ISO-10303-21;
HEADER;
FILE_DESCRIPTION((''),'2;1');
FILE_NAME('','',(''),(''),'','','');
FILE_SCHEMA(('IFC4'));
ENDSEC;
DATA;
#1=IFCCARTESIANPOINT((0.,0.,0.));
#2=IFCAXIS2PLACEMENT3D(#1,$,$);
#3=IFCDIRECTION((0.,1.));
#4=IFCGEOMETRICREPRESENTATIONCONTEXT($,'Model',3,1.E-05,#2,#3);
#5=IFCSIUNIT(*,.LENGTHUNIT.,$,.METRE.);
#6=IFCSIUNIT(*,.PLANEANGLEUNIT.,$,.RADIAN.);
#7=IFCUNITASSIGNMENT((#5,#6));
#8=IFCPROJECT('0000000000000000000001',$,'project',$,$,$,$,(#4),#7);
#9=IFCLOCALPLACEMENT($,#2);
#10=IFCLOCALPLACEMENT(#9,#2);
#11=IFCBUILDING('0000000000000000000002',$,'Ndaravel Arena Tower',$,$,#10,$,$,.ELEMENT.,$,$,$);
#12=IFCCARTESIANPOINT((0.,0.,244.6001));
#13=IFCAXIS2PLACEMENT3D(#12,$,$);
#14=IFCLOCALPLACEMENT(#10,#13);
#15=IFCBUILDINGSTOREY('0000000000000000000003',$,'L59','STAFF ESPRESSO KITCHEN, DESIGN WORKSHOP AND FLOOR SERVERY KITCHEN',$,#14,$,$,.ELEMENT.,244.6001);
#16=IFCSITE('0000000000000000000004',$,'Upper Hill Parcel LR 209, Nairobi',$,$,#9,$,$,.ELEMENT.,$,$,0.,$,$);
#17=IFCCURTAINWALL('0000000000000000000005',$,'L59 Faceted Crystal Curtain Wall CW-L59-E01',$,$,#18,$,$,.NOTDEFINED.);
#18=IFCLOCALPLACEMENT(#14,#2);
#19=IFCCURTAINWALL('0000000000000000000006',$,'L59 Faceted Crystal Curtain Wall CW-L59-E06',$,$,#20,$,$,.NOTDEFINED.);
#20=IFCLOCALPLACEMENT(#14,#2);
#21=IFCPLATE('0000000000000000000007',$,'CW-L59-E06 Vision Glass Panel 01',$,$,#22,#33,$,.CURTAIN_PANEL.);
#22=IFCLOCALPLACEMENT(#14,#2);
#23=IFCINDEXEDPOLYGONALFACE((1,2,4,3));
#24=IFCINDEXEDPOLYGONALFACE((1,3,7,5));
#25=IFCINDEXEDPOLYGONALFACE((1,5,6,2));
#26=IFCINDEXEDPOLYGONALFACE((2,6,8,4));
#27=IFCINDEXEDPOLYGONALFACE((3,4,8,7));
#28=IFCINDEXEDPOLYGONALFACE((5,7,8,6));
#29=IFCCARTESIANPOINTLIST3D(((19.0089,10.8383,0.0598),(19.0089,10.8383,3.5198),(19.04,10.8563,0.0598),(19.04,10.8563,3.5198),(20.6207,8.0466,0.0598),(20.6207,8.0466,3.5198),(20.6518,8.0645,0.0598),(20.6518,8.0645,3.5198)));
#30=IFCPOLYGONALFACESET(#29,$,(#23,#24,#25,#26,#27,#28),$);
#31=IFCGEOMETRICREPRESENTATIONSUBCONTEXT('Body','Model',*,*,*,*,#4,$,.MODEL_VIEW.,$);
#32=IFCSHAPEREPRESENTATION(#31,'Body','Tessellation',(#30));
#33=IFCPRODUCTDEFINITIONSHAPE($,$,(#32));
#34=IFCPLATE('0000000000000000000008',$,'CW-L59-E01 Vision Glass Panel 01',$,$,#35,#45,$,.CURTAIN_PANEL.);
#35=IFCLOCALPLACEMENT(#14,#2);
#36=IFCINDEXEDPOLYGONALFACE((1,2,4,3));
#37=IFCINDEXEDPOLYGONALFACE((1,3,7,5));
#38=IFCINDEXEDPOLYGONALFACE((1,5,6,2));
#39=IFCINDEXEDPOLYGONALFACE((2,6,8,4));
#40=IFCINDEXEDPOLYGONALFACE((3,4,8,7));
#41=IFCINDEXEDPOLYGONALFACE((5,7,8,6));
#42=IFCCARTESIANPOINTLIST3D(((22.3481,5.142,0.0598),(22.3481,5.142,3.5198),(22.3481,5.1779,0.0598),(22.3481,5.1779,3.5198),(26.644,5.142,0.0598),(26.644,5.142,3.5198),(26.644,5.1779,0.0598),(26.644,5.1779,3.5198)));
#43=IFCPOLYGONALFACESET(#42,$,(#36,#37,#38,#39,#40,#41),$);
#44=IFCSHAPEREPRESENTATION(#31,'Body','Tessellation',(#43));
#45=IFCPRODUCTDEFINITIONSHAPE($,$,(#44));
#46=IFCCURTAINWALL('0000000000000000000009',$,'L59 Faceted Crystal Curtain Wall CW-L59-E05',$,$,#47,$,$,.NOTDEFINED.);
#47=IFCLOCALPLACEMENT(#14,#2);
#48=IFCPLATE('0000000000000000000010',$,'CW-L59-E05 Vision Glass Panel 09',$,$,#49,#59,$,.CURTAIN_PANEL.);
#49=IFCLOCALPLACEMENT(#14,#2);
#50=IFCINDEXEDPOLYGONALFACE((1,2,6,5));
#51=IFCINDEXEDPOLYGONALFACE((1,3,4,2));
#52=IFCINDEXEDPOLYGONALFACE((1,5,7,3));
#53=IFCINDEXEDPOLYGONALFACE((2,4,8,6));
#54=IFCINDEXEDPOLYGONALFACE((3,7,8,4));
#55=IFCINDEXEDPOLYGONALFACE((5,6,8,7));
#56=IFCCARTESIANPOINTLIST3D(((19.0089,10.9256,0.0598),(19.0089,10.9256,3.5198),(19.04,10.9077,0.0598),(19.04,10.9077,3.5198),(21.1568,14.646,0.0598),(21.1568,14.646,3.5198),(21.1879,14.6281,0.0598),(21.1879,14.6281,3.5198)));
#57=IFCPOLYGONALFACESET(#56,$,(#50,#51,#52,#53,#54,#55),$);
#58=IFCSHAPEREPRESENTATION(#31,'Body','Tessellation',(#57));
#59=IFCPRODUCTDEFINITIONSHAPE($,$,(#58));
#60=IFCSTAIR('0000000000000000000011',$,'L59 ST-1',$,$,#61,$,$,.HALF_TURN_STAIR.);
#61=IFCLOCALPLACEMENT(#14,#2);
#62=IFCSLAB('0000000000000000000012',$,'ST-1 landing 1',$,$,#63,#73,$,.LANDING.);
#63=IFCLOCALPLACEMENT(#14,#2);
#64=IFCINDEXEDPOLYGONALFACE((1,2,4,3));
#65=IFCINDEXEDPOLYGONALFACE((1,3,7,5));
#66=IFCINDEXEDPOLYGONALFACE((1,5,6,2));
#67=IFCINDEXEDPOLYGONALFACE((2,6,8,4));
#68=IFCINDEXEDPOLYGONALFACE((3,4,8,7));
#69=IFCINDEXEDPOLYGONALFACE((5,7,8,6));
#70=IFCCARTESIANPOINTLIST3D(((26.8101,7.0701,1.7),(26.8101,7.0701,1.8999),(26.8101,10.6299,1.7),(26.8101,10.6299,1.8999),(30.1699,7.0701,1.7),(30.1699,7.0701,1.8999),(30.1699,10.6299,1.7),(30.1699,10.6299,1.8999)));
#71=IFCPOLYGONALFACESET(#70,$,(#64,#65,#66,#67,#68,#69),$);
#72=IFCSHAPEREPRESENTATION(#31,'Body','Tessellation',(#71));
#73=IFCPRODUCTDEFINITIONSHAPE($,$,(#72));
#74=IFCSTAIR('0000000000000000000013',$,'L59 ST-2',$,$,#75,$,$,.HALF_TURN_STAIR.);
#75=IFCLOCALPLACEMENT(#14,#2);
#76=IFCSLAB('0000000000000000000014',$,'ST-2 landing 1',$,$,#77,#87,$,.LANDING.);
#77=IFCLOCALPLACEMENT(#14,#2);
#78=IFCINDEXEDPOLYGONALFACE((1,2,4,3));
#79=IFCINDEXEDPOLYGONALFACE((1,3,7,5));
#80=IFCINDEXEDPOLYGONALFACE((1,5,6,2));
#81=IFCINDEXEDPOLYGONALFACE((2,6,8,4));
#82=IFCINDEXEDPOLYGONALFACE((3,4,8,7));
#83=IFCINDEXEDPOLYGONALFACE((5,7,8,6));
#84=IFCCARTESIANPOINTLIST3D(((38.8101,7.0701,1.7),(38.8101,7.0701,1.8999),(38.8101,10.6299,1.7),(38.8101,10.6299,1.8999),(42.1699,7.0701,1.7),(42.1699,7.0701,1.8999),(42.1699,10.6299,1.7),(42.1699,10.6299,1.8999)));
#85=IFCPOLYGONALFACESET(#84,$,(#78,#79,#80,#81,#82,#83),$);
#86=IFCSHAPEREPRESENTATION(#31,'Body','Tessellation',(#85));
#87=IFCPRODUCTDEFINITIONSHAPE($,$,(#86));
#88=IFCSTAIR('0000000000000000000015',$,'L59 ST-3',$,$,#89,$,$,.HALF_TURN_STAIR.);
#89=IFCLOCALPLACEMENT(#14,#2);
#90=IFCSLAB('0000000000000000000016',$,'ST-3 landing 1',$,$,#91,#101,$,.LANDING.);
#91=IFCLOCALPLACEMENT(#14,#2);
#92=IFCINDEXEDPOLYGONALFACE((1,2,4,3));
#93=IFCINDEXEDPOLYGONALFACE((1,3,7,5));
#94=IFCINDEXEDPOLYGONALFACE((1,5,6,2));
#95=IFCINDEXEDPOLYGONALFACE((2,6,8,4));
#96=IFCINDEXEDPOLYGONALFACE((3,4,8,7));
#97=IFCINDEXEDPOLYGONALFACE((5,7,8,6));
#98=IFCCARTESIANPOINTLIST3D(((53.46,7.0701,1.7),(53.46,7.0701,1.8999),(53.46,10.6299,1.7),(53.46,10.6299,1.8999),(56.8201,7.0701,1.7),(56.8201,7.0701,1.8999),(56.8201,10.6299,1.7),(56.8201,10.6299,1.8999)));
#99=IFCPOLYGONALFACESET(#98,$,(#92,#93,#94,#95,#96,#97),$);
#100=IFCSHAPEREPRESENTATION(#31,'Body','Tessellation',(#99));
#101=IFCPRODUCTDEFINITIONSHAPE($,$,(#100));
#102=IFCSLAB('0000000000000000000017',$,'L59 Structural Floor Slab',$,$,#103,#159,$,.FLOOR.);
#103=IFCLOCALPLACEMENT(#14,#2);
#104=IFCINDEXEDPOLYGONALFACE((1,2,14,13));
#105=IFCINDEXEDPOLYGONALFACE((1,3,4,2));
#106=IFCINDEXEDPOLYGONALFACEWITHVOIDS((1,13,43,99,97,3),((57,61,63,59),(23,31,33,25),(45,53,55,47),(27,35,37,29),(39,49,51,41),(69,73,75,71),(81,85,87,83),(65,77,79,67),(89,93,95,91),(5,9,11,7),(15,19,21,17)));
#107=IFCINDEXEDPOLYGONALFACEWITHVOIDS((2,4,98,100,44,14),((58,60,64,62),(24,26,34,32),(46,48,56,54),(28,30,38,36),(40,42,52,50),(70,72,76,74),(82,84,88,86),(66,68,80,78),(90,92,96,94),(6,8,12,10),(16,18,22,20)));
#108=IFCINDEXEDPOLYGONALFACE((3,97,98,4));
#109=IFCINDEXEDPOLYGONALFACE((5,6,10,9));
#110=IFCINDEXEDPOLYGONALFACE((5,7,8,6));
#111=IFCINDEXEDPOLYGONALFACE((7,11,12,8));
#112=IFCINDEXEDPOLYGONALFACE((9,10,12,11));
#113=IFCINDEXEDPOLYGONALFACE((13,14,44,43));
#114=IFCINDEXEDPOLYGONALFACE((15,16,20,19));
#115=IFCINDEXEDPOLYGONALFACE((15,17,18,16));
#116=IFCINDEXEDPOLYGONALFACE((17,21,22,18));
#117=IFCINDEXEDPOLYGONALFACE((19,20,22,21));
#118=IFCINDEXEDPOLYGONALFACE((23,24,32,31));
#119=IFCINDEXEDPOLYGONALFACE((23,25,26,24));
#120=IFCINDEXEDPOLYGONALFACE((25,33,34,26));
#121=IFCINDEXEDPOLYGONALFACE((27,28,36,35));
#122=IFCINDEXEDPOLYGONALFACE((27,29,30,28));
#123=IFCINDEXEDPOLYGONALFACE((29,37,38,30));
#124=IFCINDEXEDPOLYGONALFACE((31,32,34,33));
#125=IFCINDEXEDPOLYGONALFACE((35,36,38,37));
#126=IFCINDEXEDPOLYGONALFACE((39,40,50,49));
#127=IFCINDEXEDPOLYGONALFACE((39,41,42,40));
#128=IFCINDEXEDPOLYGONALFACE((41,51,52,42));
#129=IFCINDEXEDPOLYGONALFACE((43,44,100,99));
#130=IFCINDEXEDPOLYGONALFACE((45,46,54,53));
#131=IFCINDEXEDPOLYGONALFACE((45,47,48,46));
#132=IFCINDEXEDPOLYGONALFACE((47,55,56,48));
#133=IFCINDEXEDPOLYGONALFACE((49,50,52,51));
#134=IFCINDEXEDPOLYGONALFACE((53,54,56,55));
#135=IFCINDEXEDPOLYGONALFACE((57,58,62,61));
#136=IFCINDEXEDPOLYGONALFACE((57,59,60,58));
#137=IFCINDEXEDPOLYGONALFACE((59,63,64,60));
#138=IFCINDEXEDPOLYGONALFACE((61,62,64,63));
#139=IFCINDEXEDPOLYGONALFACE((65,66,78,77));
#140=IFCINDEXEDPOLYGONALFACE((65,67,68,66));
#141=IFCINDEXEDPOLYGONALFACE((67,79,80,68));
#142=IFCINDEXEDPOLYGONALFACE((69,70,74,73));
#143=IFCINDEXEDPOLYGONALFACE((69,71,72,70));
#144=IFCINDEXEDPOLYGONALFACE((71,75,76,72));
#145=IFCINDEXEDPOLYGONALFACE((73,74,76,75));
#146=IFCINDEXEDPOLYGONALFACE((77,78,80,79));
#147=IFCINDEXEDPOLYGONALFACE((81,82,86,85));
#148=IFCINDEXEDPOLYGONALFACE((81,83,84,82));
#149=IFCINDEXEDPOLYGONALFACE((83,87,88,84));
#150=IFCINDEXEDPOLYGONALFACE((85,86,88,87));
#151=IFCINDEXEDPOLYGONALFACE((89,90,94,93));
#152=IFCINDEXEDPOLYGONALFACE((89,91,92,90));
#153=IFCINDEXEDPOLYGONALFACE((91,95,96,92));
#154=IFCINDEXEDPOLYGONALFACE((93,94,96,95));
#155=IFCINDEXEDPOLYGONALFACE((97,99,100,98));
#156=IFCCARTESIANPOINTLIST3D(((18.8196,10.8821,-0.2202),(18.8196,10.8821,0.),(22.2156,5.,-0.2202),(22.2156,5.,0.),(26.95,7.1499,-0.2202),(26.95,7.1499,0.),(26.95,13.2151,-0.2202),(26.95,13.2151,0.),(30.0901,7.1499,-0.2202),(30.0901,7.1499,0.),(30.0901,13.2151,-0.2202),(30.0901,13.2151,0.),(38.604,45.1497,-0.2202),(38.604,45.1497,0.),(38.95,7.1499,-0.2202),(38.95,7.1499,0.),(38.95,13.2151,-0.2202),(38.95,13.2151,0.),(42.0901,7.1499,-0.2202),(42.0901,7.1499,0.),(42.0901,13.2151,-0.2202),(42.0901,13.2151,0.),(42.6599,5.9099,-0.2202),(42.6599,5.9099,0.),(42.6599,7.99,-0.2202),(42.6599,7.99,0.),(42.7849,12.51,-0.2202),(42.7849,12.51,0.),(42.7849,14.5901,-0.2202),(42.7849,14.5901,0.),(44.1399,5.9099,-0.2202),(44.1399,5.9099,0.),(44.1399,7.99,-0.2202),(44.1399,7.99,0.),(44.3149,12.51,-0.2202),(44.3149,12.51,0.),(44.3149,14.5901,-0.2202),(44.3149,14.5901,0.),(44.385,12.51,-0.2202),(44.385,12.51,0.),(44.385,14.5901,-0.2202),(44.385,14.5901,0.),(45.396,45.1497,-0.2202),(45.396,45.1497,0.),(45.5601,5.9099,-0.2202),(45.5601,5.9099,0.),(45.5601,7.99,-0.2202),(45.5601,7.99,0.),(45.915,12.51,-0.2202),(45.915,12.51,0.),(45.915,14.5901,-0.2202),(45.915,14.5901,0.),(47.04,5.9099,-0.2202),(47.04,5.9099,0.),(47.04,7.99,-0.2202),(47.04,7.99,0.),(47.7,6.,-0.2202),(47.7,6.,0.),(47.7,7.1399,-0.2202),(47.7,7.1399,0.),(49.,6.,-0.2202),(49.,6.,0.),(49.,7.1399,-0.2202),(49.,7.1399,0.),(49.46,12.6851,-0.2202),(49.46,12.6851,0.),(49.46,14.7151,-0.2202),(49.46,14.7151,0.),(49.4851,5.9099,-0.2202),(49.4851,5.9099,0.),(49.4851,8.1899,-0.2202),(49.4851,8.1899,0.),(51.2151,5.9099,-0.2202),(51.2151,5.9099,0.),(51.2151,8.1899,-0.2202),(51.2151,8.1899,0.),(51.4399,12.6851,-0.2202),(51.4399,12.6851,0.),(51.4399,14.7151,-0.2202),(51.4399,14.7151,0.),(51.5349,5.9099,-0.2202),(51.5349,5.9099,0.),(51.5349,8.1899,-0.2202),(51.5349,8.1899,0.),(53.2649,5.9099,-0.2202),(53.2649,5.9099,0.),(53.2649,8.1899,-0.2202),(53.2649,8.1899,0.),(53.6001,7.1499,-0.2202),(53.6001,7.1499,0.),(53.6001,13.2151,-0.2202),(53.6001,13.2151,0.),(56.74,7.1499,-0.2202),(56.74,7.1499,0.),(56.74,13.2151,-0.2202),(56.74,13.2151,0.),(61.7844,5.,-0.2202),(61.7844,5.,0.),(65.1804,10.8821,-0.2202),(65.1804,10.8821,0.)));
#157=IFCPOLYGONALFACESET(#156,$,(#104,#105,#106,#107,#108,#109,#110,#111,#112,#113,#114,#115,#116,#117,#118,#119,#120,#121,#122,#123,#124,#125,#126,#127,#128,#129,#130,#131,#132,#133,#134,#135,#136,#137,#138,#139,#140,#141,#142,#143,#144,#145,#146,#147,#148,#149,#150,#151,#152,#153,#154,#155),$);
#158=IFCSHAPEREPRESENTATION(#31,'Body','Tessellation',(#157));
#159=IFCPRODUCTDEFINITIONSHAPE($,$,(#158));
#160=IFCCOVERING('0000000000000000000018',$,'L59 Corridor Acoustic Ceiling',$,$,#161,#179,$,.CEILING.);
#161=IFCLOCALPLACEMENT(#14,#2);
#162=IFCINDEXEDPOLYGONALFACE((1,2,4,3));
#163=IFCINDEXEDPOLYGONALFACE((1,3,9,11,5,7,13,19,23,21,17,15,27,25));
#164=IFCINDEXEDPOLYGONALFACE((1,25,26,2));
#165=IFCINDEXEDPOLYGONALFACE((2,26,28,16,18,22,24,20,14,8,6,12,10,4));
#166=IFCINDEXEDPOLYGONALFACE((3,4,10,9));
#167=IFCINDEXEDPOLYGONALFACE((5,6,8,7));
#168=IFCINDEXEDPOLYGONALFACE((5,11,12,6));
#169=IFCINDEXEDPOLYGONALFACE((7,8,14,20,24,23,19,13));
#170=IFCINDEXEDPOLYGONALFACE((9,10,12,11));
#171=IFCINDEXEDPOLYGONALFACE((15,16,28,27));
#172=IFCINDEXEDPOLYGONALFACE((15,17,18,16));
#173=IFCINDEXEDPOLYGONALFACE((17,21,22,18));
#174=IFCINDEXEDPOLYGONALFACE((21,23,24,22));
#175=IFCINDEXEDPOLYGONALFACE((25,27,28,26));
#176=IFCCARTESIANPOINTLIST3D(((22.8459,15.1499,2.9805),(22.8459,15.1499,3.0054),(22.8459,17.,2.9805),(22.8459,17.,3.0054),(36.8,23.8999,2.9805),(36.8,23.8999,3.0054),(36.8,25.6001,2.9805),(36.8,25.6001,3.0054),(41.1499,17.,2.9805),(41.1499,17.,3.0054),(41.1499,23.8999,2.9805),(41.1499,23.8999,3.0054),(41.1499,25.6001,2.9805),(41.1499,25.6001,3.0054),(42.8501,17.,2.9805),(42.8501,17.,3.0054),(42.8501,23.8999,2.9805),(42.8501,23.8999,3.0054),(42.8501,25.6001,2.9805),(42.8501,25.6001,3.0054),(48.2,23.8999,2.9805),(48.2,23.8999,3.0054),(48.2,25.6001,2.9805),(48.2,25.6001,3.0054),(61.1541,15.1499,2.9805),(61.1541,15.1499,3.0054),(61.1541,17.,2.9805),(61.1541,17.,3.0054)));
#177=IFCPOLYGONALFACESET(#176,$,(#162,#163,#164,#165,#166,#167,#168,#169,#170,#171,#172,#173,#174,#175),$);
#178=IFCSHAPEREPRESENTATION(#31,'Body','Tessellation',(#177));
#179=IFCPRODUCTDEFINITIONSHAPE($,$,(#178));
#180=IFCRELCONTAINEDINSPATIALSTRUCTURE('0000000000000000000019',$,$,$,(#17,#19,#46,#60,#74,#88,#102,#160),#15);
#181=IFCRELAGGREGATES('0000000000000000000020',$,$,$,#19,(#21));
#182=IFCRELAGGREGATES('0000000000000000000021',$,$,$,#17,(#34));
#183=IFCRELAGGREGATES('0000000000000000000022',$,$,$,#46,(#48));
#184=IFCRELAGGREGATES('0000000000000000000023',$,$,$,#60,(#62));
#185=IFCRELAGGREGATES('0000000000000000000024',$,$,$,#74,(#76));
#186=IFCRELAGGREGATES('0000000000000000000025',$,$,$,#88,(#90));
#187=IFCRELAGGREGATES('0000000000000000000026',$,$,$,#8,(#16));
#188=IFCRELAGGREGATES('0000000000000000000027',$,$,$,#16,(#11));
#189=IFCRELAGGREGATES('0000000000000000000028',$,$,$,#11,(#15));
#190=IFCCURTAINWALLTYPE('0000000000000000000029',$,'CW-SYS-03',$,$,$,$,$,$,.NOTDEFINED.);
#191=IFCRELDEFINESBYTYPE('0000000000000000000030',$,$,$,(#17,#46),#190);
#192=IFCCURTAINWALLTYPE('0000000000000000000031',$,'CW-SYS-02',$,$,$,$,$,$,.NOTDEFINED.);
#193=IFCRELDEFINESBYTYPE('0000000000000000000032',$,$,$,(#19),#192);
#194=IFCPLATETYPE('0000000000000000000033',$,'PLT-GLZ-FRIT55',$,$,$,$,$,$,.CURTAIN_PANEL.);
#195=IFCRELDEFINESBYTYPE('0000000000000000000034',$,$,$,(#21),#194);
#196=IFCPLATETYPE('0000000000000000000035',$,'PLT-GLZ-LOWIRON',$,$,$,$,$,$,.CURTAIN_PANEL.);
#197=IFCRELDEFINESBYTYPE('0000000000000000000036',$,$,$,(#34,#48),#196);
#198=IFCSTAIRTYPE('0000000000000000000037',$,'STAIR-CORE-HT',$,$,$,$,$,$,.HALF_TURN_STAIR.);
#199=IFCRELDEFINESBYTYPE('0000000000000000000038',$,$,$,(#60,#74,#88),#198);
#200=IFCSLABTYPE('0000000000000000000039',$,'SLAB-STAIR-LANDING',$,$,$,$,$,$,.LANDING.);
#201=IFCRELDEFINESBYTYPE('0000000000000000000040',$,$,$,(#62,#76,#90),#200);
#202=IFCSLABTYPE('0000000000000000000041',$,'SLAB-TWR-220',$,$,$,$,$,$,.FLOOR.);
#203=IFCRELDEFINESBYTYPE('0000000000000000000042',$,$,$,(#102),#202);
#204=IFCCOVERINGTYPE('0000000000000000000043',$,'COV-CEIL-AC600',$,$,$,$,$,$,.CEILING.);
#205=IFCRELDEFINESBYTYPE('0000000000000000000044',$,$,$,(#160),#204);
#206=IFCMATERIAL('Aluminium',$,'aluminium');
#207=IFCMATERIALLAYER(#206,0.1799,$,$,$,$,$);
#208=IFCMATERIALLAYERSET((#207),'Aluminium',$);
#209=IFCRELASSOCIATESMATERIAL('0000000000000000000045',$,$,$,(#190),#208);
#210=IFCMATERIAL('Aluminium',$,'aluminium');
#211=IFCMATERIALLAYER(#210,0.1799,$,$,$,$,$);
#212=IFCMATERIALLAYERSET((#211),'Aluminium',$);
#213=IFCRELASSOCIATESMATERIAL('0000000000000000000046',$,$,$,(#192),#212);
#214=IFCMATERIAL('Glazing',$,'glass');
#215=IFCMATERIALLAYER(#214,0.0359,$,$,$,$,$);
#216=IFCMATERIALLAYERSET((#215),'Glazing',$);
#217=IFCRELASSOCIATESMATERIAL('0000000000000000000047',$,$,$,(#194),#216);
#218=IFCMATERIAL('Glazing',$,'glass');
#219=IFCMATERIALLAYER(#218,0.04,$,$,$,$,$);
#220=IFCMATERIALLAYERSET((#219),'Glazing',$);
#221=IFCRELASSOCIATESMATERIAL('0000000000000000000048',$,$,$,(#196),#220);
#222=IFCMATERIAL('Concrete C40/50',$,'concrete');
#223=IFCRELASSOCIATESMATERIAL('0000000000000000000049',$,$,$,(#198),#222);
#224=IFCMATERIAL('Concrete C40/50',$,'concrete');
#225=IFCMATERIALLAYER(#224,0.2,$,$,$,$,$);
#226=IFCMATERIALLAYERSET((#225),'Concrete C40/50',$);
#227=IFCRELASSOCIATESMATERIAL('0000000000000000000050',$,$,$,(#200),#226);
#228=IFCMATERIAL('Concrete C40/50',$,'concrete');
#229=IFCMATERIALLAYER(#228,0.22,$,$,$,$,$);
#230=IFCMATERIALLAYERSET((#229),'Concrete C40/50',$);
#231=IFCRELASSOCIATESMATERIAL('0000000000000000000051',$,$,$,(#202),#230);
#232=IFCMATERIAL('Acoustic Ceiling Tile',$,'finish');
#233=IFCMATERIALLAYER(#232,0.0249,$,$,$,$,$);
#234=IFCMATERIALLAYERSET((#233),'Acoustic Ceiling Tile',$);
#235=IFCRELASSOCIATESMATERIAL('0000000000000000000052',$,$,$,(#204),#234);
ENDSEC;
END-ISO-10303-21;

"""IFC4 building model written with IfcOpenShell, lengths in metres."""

from ifc_helpers import new_model, si_unit, direction, frame, origin, origin_2d, place, context, subcontext, project, spatial, polyline, rectangle, outline, extrude, material, layer, layer_set, type_object, element, aggregate, save


model = new_model("IFC4")

# Units and contexts
model_context = context("Model", 3, precision=1e-05, world=origin(), true_north=direction((0.0, 1.0)))
body_context = subcontext(model_context, "Body", "Model", "MODEL_VIEW")
ifc_project = project(units=[si_unit("LENGTHUNIT", "METRE"), si_unit("PLANEANGLEUNIT", "RADIAN")], contexts=[model_context])

# Site, building, storey
site_placement = place(None, origin())
site = spatial("IfcSite", under=ifc_project, at=site_placement, Name="Upper Hill Parcel LR 209, Nairobi", CompositionType="ELEMENT", RefElevation=0.0)
building_placement = place(site_placement, origin())
building = spatial("IfcBuilding", under=site, at=building_placement, Name="Ndaravel Arena Tower", CompositionType="ELEMENT")
storey_placement = place(building_placement, frame((0.0, 0.0, 244.6001)))
storey = spatial("IfcBuildingStorey", under=building, at=storey_placement, Name="L59", Description="STAFF ESPRESSO KITCHEN, DESIGN WORKSHOP AND FLOOR SERVERY KITCHEN", CompositionType="ELEMENT", Elevation=244.6001)

# Curtain wall
ifc_material_1 = material(Name="Aluminium", Category="aluminium")
ifc_layer_1 = layer(ifc_material_1, 0.1799)
ifc_layer_set_1 = layer_set([ifc_layer_1], Name="Aluminium")
curtain_wall_type_1 = type_object("IfcCurtainWallType", Name="CW-SYS-03", PredefinedType="NOTDEFINED", material=ifc_layer_set_1)
curtain_wall_1_placement = place(storey_placement, origin())
curtain_wall_1 = element("IfcCurtainWall", 1, at=curtain_wall_1_placement, inside=storey, type_object=curtain_wall_type_1, Name="L59 Faceted Crystal Curtain Wall CW-L59-E01", PredefinedType="NOTDEFINED")

# Curtain wall
ifc_material_2 = material(Name="Aluminium", Category="aluminium")
ifc_layer_2 = layer(ifc_material_2, 0.1799)
ifc_layer_set_2 = layer_set([ifc_layer_2], Name="Aluminium")
curtain_wall_type_2 = type_object("IfcCurtainWallType", Name="CW-SYS-02", PredefinedType="NOTDEFINED", material=ifc_layer_set_2)
curtain_wall_2_placement = place(storey_placement, origin())
curtain_wall_2 = element("IfcCurtainWall", 2, at=curtain_wall_2_placement, inside=storey, type_object=curtain_wall_type_2, Name="L59 Faceted Crystal Curtain Wall CW-L59-E06", PredefinedType="NOTDEFINED")

# Plates
ifc_material_3 = material(Name="Glazing", Category="glass")
ifc_layer_3 = layer(ifc_material_3, 0.0359)
ifc_layer_set_3 = layer_set([ifc_layer_3], Name="Glazing")
plate_type_1 = type_object("IfcPlateType", Name="PLT-GLZ-FRIT55", PredefinedType="CURTAIN_PANEL", material=ifc_layer_set_3)
plate_1_placement = place(storey_placement, frame((19.8303, 9.4514, 0.0598), z_axis=(0.0, 0.0, 1.0), x_axis=(0.5, -0.866025, 0.0)))
plate_1 = element("IfcPlate", 3, at=plate_1_placement, type_object=plate_type_1, Name="CW-L59-E06 Vision Glass Panel 01", PredefinedType="CURTAIN_PANEL", context=body_context, shape_type="SweptSolid", body=[
    extrude(rectangle(XDim=3.2236, YDim=0.0359, at=origin_2d()), origin(), (0.0, 0.0, 1.0), 3.46),
])
aggregate(curtain_wall_2, [plate_1])
ifc_material_4 = material(Name="Glazing", Category="glass")
ifc_layer_4 = layer(ifc_material_4, 0.04)
ifc_layer_set_4 = layer_set([ifc_layer_4], Name="Glazing")
plate_type_2 = type_object("IfcPlateType", Name="PLT-GLZ-LOWIRON", PredefinedType="CURTAIN_PANEL", material=ifc_layer_set_4)
plate_2_placement = place(storey_placement, frame((24.4961, 5.1599, 0.0598), z_axis=(0.0, 0.0, 1.0), x_axis=(1.0, 0.0, 0.0)))
plate_2 = element("IfcPlate", 4, at=plate_2_placement, type_object=plate_type_2, Name="CW-L59-E01 Vision Glass Panel 01", PredefinedType="CURTAIN_PANEL", context=body_context, shape_type="SweptSolid", body=[
    extrude(rectangle(XDim=4.2959, YDim=0.0359, at=origin_2d()), origin(), (0.0, 0.0, 1.0), 3.46),
])
aggregate(curtain_wall_1, [plate_2])

# Curtain wall, plate
curtain_wall_3_placement = place(storey_placement, origin())
curtain_wall_3 = element("IfcCurtainWall", 5, at=curtain_wall_3_placement, inside=storey, type_object=curtain_wall_type_1, Name="L59 Faceted Crystal Curtain Wall CW-L59-E05", PredefinedType="NOTDEFINED")
plate_3_placement = place(storey_placement, frame((20.0984, 12.7769, 0.0598), z_axis=(0.0, 0.0, 1.0), x_axis=(-0.5, -0.866025, 0.0)))
plate_3 = element("IfcPlate", 6, at=plate_3_placement, type_object=plate_type_2, Name="CW-L59-E05 Vision Glass Panel 09", PredefinedType="CURTAIN_PANEL", context=body_context, shape_type="SweptSolid", body=[
    extrude(rectangle(XDim=4.2959, YDim=0.0359, at=origin_2d()), origin(), (0.0, 0.0, 1.0), 3.46),
])
aggregate(curtain_wall_3, [plate_3])

# Stairs, slabs
ifc_material_5 = material(Name="Concrete C40/50", Category="concrete")
stair_type = type_object("IfcStairType", Name="STAIR-CORE-HT", PredefinedType="HALF_TURN_STAIR", material=ifc_material_5)
stair_1_placement = place(storey_placement, origin())
stair_1 = element("IfcStair", 7, at=stair_1_placement, inside=storey, type_object=stair_type, Name="L59 ST-1", PredefinedType="HALF_TURN_STAIR")
ifc_material_6 = material(Name="Concrete C40/50", Category="concrete")
ifc_layer_5 = layer(ifc_material_6, 0.2)
ifc_layer_set_5 = layer_set([ifc_layer_5], Name="Concrete C40/50")
slab_type_1 = type_object("IfcSlabType", Name="SLAB-STAIR-LANDING", PredefinedType="LANDING", material=ifc_layer_set_5)
slab_1_placement = place(storey_placement, frame((0.0, 0.0, 1.7)))
slab_1 = element("IfcSlab", 8, at=slab_1_placement, type_object=slab_type_1, Name="ST-1 landing 1", PredefinedType="LANDING", context=body_context, shape_type="SweptSolid", body=[
    extrude(outline(polyline([(26.8101, 10.6299), (26.8101, 7.0701), (30.1699, 7.0701), (30.1699, 10.6299), (26.8101, 10.6299)])), origin(), (0.0, 0.0, 1.0), 0.2),
])
aggregate(stair_1, [slab_1])
stair_2_placement = place(storey_placement, origin())
stair_2 = element("IfcStair", 9, at=stair_2_placement, inside=storey, type_object=stair_type, Name="L59 ST-2", PredefinedType="HALF_TURN_STAIR")
slab_2_placement = place(storey_placement, frame((0.0, 0.0, 1.7)))
slab_2 = element("IfcSlab", 10, at=slab_2_placement, type_object=slab_type_1, Name="ST-2 landing 1", PredefinedType="LANDING", context=body_context, shape_type="SweptSolid", body=[
    extrude(outline(polyline([(38.8101, 10.6299), (38.8101, 7.0701), (42.1699, 7.0701), (42.1699, 10.6299), (38.8101, 10.6299)])), origin(), (0.0, 0.0, 1.0), 0.2),
])
aggregate(stair_2, [slab_2])
stair_3_placement = place(storey_placement, origin())
stair_3 = element("IfcStair", 11, at=stair_3_placement, inside=storey, type_object=stair_type, Name="L59 ST-3", PredefinedType="HALF_TURN_STAIR")
slab_3_placement = place(storey_placement, frame((0.0, 0.0, 1.7)))
slab_3 = element("IfcSlab", 12, at=slab_3_placement, type_object=slab_type_1, Name="ST-3 landing 1", PredefinedType="LANDING", context=body_context, shape_type="SweptSolid", body=[
    extrude(outline(polyline([(53.46, 10.6299), (53.46, 7.0701), (56.8201, 7.0701), (56.8201, 10.6299), (53.46, 10.6299)])), origin(), (0.0, 0.0, 1.0), 0.2),
])
aggregate(stair_3, [slab_3])

# Slab
ifc_material_7 = material(Name="Concrete C40/50", Category="concrete")
ifc_layer_6 = layer(ifc_material_7, 0.22)
ifc_layer_set_6 = layer_set([ifc_layer_6], Name="Concrete C40/50")
slab_type_2 = type_object("IfcSlabType", Name="SLAB-TWR-220", PredefinedType="FLOOR", material=ifc_layer_set_6)
slab_4_placement = place(storey_placement, frame((0.0, 0.0, -0.2202)))
element("IfcSlab", 13, at=slab_4_placement, inside=storey, type_object=slab_type_2, Name="L59 Structural Floor Slab", PredefinedType="FLOOR", context=body_context, shape_type="SweptSolid", body=[
    extrude(outline(polyline([(18.8196, 10.8821), (22.2156, 5.0), (61.7844, 5.0), (65.1804, 10.8821), (45.396, 45.1497), (38.604, 45.1497), (18.8196, 10.8821)]), holes=[polyline([(26.95, 13.2151), (26.95, 7.1499), (30.0901, 7.1499), (30.0901, 13.2151), (26.95, 13.2151)]), polyline([(38.95, 13.2151), (38.95, 7.1499), (42.0901, 7.1499), (42.0901, 13.2151), (38.95, 13.2151)]), polyline([(53.6001, 13.2151), (53.6001, 7.1499), (56.74, 7.1499), (56.74, 13.2151), (53.6001, 13.2151)]), polyline([(42.6599, 5.9099), (44.1399, 5.9099), (44.1399, 7.99), (42.6599, 7.99), (42.6599, 5.9099)]), polyline([(45.5601, 5.9099), (47.04, 5.9099), (47.04, 7.99), (45.5601, 7.99), (45.5601, 5.9099)]), polyline([(42.7849, 12.51), (44.3149, 12.51), (44.3149, 14.5901), (42.7849, 14.5901), (42.7849, 12.51)]), polyline([(44.385, 12.51), (45.915, 12.51), (45.915, 14.5901), (44.385, 14.5901), (44.385, 12.51)]), polyline([(49.4851, 5.9099), (51.2151, 5.9099), (51.2151, 8.1899), (49.4851, 8.1899), (49.4851, 5.9099)]), polyline([(51.5349, 5.9099), (53.2649, 5.9099), (53.2649, 8.1899), (51.5349, 8.1899), (51.5349, 5.9099)]), polyline([(49.46, 12.6851), (51.4399, 12.6851), (51.4399, 14.7151), (49.46, 14.7151), (49.46, 12.6851)]), polyline([(47.7, 6.0), (49.0, 6.0), (49.0, 7.1399), (47.7, 7.1399), (47.7, 6.0)])]), origin(), (0.0, 0.0, 1.0), 0.2202),
])

# Covering
ifc_material_8 = material(Name="Acoustic Ceiling Tile", Category="finish")
ifc_layer_7 = layer(ifc_material_8, 0.0249)
ifc_layer_set_7 = layer_set([ifc_layer_7], Name="Acoustic Ceiling Tile")
covering_type_1 = type_object("IfcCoveringType", Name="COV-CEIL-AC600", PredefinedType="CEILING", material=ifc_layer_set_7)
covering_1_placement = place(storey_placement, frame((0.0, 0.0, 2.9805)))
element("IfcCovering", 14, at=covering_1_placement, inside=storey, type_object=covering_type_1, Name="L59 Corridor Acoustic Ceiling", PredefinedType="CEILING", context=body_context, shape_type="SweptSolid", body=[
    extrude(outline(polyline([(61.1541, 17.0), (42.8501, 17.0), (42.8501, 23.8999), (48.2, 23.8999), (48.2, 25.6001), (42.8501, 25.6001), (41.1499, 25.6001), (36.8, 25.6001), (36.8, 23.8999), (41.1499, 23.8999), (41.1499, 17.0), (22.8459, 17.0), (22.8459, 15.1499), (61.1541, 15.1499), (61.1541, 17.0)])), origin(), (0.0, 0.0, 1.0), 0.0249),
])

save(model, "model.ifc")
